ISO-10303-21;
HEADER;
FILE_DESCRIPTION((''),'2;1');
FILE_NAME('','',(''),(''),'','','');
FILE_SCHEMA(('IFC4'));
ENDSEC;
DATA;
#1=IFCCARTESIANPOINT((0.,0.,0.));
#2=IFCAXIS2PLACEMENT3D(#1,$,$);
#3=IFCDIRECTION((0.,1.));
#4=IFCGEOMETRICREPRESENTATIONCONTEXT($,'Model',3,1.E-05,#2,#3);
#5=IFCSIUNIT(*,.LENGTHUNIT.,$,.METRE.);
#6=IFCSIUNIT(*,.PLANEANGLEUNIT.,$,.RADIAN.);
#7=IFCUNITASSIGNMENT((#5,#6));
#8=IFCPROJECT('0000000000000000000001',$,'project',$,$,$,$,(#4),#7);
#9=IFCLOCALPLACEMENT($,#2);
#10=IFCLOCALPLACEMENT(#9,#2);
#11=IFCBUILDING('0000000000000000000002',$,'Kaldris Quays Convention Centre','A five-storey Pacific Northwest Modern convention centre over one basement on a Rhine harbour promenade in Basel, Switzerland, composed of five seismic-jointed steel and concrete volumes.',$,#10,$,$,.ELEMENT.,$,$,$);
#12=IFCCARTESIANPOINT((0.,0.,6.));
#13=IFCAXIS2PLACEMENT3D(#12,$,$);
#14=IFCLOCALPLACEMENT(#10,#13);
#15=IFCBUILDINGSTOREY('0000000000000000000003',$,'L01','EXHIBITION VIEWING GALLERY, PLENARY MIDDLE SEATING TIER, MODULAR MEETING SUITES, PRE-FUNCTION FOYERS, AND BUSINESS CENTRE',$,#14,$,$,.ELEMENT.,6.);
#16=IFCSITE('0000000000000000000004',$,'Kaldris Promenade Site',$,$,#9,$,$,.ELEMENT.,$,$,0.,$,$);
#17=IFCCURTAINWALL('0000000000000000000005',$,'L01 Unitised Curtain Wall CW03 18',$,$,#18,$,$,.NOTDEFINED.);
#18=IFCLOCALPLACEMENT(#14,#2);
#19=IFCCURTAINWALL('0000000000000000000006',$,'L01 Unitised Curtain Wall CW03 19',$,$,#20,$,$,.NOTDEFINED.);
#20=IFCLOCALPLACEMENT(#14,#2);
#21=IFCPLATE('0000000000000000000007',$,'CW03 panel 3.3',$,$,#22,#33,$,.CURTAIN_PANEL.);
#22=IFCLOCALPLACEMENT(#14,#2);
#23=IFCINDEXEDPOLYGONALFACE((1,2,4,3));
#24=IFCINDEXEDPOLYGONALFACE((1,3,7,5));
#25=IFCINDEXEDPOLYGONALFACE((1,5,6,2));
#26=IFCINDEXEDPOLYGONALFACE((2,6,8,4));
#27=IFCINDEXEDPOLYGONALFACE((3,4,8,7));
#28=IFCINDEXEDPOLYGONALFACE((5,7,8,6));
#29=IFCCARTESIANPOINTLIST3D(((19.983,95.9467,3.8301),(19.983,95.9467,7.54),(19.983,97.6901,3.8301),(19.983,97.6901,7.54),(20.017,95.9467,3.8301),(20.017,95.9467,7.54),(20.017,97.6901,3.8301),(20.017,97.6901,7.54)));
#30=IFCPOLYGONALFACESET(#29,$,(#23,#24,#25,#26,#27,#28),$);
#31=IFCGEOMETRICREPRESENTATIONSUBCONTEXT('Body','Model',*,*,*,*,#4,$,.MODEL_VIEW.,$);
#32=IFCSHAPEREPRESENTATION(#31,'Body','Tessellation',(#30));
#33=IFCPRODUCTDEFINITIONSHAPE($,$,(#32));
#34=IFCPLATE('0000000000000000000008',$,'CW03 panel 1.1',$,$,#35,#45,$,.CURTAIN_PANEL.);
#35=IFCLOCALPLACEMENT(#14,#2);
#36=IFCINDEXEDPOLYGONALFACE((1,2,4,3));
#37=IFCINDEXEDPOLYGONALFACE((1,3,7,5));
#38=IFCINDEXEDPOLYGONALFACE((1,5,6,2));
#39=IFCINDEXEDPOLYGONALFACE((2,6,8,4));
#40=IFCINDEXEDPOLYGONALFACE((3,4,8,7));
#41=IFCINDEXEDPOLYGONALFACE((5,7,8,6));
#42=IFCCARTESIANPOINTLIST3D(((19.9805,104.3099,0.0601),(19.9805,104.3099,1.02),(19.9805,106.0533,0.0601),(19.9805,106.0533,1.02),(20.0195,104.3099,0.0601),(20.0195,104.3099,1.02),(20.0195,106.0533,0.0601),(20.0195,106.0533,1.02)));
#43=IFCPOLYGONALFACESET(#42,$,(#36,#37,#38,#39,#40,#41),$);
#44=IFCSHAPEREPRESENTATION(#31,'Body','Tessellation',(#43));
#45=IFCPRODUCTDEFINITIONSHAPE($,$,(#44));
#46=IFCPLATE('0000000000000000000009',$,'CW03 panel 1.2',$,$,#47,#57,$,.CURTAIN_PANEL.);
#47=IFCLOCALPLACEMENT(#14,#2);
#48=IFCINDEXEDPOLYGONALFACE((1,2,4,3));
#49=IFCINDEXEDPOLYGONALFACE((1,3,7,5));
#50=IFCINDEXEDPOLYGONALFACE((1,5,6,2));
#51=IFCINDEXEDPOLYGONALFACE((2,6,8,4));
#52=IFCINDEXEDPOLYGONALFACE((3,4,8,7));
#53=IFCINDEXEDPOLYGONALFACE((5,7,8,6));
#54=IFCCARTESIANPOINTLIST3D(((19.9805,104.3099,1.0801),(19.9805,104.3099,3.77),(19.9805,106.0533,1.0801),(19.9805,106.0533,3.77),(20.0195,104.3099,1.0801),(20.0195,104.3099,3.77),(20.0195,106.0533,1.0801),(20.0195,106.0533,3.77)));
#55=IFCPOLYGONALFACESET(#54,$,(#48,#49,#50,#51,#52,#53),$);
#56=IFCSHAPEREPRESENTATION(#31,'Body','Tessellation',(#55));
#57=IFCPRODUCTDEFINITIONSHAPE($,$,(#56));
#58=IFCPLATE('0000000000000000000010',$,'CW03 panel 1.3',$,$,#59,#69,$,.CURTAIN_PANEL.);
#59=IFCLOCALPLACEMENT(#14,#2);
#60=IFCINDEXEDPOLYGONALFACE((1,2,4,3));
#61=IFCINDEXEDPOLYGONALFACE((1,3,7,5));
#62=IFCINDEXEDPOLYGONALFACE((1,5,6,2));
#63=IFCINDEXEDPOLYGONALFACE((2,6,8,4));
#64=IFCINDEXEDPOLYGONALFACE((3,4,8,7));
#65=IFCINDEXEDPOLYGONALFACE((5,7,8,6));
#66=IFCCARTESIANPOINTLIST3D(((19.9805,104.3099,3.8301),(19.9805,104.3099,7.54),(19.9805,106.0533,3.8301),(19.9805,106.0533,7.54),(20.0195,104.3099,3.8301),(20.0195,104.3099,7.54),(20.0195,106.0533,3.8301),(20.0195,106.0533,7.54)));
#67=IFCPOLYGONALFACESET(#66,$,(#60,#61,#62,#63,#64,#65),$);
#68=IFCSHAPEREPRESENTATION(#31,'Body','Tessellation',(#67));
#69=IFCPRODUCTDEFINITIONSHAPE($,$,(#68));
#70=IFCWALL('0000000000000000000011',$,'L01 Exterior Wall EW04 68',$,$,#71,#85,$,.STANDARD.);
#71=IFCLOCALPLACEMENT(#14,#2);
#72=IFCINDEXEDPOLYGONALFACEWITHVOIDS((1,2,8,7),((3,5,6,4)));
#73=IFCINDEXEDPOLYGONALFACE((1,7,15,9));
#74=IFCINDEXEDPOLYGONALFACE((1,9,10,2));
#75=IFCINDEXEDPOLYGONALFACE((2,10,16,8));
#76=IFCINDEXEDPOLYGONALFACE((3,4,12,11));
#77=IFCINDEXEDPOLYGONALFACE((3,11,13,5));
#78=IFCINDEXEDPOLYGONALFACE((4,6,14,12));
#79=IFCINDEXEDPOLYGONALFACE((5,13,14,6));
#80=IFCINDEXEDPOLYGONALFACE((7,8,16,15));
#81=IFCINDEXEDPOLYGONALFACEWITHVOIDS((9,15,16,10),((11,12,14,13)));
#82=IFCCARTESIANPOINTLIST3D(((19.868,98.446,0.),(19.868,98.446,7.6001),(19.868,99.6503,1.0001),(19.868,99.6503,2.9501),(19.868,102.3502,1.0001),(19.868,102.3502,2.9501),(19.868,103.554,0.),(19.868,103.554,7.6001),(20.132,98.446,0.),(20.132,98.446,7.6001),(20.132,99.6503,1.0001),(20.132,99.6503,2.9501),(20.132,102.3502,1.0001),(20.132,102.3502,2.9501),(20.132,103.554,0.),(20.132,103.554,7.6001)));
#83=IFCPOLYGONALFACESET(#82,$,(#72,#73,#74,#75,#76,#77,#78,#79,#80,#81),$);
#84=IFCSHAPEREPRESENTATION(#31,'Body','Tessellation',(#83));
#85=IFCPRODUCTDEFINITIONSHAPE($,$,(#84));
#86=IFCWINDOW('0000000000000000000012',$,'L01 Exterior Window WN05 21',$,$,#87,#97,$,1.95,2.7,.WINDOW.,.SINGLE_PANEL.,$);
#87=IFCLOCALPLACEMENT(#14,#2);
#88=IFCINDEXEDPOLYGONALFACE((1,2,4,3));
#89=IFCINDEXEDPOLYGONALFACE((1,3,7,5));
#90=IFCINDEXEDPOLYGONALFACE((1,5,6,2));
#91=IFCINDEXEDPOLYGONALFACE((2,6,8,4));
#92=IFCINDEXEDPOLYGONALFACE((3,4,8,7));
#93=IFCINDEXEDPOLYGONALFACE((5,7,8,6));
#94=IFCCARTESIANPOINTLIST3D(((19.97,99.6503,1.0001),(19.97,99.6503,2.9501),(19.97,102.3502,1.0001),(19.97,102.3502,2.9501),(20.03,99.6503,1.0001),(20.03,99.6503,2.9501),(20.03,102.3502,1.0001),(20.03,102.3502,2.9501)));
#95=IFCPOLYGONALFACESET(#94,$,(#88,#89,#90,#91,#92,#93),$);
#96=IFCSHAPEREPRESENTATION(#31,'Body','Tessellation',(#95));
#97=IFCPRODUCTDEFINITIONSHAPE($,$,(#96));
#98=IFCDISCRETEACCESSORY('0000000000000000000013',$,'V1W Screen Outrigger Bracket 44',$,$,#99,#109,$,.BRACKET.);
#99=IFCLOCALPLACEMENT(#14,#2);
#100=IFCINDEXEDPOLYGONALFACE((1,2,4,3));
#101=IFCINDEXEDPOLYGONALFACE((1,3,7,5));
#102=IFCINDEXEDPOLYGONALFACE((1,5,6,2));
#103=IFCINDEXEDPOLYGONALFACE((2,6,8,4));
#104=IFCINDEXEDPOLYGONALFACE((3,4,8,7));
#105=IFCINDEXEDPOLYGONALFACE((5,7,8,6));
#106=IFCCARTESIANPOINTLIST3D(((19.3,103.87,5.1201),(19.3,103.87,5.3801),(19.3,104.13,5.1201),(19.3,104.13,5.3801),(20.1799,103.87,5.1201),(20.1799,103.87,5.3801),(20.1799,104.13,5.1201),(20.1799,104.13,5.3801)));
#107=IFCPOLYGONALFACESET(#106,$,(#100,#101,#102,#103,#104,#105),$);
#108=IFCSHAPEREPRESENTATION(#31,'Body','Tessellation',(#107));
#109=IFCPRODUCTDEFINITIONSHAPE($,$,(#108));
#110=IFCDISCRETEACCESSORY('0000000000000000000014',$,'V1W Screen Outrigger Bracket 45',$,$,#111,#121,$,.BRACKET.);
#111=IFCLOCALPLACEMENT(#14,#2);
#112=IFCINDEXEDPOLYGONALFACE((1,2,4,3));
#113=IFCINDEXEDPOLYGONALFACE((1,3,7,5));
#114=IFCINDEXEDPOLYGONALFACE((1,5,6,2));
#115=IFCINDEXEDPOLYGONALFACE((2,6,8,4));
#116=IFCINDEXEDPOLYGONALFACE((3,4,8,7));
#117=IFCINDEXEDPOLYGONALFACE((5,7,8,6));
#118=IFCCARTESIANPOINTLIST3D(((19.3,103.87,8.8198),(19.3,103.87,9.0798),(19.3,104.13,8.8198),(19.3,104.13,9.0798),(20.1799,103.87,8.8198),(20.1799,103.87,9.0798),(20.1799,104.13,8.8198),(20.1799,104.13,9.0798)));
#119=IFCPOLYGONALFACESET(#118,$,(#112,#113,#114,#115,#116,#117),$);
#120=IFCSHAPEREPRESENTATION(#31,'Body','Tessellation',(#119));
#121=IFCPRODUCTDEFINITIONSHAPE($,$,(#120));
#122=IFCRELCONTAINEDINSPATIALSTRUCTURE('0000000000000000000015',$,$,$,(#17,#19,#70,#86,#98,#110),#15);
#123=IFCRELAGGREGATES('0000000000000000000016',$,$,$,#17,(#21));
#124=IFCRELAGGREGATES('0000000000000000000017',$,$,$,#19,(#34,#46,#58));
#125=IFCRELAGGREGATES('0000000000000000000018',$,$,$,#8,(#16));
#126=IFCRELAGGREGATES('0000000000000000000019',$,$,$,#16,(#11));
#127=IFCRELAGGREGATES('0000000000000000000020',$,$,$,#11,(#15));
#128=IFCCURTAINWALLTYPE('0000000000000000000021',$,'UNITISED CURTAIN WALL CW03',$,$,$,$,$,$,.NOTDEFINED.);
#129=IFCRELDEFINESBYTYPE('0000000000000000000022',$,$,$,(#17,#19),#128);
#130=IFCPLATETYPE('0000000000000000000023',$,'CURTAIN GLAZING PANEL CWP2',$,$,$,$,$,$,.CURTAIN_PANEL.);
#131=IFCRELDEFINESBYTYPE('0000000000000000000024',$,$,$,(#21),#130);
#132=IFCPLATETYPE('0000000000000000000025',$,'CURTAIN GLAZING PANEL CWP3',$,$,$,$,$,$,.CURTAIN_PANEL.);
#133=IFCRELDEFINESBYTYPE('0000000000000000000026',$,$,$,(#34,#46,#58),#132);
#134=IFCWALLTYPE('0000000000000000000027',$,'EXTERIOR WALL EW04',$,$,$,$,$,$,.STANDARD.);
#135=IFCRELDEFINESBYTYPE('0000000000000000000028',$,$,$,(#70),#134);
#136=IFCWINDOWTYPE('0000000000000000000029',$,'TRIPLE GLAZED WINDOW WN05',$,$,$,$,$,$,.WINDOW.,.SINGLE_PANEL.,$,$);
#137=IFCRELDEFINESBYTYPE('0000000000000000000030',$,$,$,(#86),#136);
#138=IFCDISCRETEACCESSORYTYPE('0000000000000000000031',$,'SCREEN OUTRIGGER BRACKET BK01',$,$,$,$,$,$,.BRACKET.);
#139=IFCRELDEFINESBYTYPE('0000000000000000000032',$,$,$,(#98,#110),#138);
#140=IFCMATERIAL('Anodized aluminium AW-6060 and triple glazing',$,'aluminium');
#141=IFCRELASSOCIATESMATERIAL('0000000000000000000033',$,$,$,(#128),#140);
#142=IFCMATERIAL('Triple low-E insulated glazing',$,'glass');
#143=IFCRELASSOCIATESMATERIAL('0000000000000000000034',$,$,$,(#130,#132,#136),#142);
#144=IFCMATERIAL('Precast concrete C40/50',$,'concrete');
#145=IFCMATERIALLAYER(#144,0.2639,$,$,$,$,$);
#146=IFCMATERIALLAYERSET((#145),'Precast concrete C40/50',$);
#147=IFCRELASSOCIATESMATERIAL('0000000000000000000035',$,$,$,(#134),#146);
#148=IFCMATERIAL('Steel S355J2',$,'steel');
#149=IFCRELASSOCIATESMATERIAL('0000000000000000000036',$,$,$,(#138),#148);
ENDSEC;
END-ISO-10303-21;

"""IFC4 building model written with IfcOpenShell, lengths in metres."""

from ifc_helpers import new_model, si_unit, direction, frame, frame_2d, origin, origin_2d, place, context, subcontext, project, spatial, rectangle, extrude, material, layer, layer_set, type_object, element, fill, aggregate, save


model = new_model("IFC4")

# Units and contexts
model_context = context("Model", 3, precision=1e-05, world=origin(), true_north=direction((0.0, 1.0)))
body_context = subcontext(model_context, "Body", "Model", "MODEL_VIEW")
ifc_project = project(units=[si_unit("LENGTHUNIT", "METRE"), si_unit("PLANEANGLEUNIT", "RADIAN")], contexts=[model_context])

# Site, building, storey
site_placement = place(None, origin())
site = spatial("IfcSite", under=ifc_project, at=site_placement, Name="Kaldris Promenade Site", CompositionType="ELEMENT", RefElevation=0.0)
building_placement = place(site_placement, origin())
building = spatial("IfcBuilding", under=site, at=building_placement, Name="Kaldris Quays Convention Centre", Description="A five-storey Pacific Northwest Modern convention centre over one basement on a Rhine harbour promenade in Basel, Switzerland, composed of five seismic-jointed steel and concrete volumes.", CompositionType="ELEMENT")
storey_placement = place(building_placement, frame((0.0, 0.0, 6.0)))
storey = spatial("IfcBuildingStorey", under=building, at=storey_placement, Name="L01", Description="EXHIBITION VIEWING GALLERY, PLENARY MIDDLE SEATING TIER, MODULAR MEETING SUITES, PRE-FUNCTION FOYERS, AND BUSINESS CENTRE", CompositionType="ELEMENT", Elevation=6.0)

# Shared definitions
ifc_material_1 = material(Name="Steel S355J2", Category="steel")

# Curtain walls
ifc_material_2 = material(Name="Anodized aluminium AW-6060 and triple glazing", Category="aluminium")
curtain_wall_type = type_object("IfcCurtainWallType", Name="UNITISED CURTAIN WALL CW03", PredefinedType="NOTDEFINED", material=ifc_material_2)
curtain_wall_1_placement = place(storey_placement, origin())
curtain_wall_1 = element("IfcCurtainWall", 1, at=curtain_wall_1_placement, inside=storey, type_object=curtain_wall_type, Name="L01 Unitised Curtain Wall CW03 18", PredefinedType="NOTDEFINED")
curtain_wall_2_placement = place(storey_placement, origin())
curtain_wall_2 = element("IfcCurtainWall", 2, at=curtain_wall_2_placement, inside=storey, type_object=curtain_wall_type, Name="L01 Unitised Curtain Wall CW03 19", PredefinedType="NOTDEFINED")

# Plates
ifc_material_3 = material(Name="Triple low-E insulated glazing", Category="glass")
plate_type_1 = type_object("IfcPlateType", Name="CURTAIN GLAZING PANEL CWP2", PredefinedType="CURTAIN_PANEL", material=ifc_material_3)
plate_1_placement = place(storey_placement, frame((20.0, 96.8184, 3.8301), z_axis=(0.0, 0.0, 1.0), x_axis=(0.0, 1.0, 0.0)))
plate_1 = element("IfcPlate", 3, at=plate_1_placement, type_object=plate_type_1, Name="CW03 panel 3.3", PredefinedType="CURTAIN_PANEL", context=body_context, shape_type="SweptSolid", body=[
    extrude(rectangle(XDim=1.7434, YDim=0.0339, at=origin_2d()), origin(), (0.0, 0.0, 1.0), 3.71),
])
aggregate(curtain_wall_1, [plate_1])
plate_type_2 = type_object("IfcPlateType", Name="CURTAIN GLAZING PANEL CWP3", PredefinedType="CURTAIN_PANEL", material=ifc_material_3)
plate_2_placement = place(storey_placement, frame((20.0, 105.1816, 0.0601), z_axis=(0.0, 0.0, 1.0), x_axis=(0.0, 1.0, 0.0)))
plate_2 = element("IfcPlate", 4, at=plate_2_placement, type_object=plate_type_2, Name="CW03 panel 1.1", PredefinedType="CURTAIN_PANEL", context=body_context, shape_type="SweptSolid", body=[
    extrude(rectangle(XDim=1.7434, YDim=0.0391, at=origin_2d()), origin(), (0.0, 0.0, 1.0), 0.96),
])
plate_3_placement = place(storey_placement, frame((20.0, 105.1816, 1.0801), z_axis=(0.0, 0.0, 1.0), x_axis=(0.0, 1.0, 0.0)))
plate_3 = element("IfcPlate", 5, at=plate_3_placement, type_object=plate_type_2, Name="CW03 panel 1.2", PredefinedType="CURTAIN_PANEL", context=body_context, shape_type="SweptSolid", body=[
    extrude(rectangle(XDim=1.7434, YDim=0.0391, at=origin_2d()), origin(), (0.0, 0.0, 1.0), 2.6899),
])
plate_4_placement = place(storey_placement, frame((20.0, 105.1816, 3.8301), z_axis=(0.0, 0.0, 1.0), x_axis=(0.0, 1.0, 0.0)))
plate_4 = element("IfcPlate", 6, at=plate_4_placement, type_object=plate_type_2, Name="CW03 panel 1.3", PredefinedType="CURTAIN_PANEL", context=body_context, shape_type="SweptSolid", body=[
    extrude(rectangle(XDim=1.7434, YDim=0.0391, at=origin_2d()), origin(), (0.0, 0.0, 1.0), 3.71),
])
aggregate(curtain_wall_2, [plate_2, plate_3, plate_4])

# Wall, opening, window
ifc_material_4 = material(Name="Precast concrete C40/50", Category="concrete")
ifc_layer = layer(ifc_material_4, 0.2639)
ifc_layer_set = layer_set([ifc_layer], Name="Precast concrete C40/50")
wall_type = type_object("IfcWallType", Name="EXTERIOR WALL EW04", PredefinedType="STANDARD", material=ifc_layer_set)
wall_placement = place(storey_placement, frame((20.0, 98.446, 0.0), z_axis=(0.0, 0.0, 1.0), x_axis=(0.0, 1.0, 0.0)))
wall = element("IfcWall", 7, at=wall_placement, inside=storey, type_object=wall_type, Name="L01 Exterior Wall EW04 68", PredefinedType="STANDARD", context=body_context, shape_type="SweptSolid", body=[
    extrude(rectangle(XDim=5.1079, YDim=0.2639, at=frame_2d((2.554, 0.0))), origin(), (0.0, 0.0, 1.0), 7.6001),
])
opening_placement = place(wall_placement, frame((1.2041, 0.0, 1.0)))
opening = element("IfcOpeningElement", 8, at=opening_placement, cuts=wall, PredefinedType="OPENING", context=body_context, shape_type="SweptSolid", body=[
    extrude(rectangle(XDim=2.7, YDim=1.95, at=frame_2d((1.3501, 0.9751))), frame((0.0, 0.1421, 0.0), z_axis=(0.0, -1.0, 0.0), x_axis=(1.0, 0.0, 0.0)), (0.0, 0.0, 1.0), 0.2839),
])
window_type = type_object("IfcWindowType", Name="TRIPLE GLAZED WINDOW WN05", PartitioningType="SINGLE_PANEL", PredefinedType="WINDOW", material=ifc_material_3)
window_placement = place(opening_placement, origin())
window = element("IfcWindow", 9, at=window_placement, inside=storey, type_object=window_type, Name="L01 Exterior Window WN05 21", OverallHeight=1.95, OverallWidth=2.7, PartitioningType="SINGLE_PANEL", PredefinedType="WINDOW", context=body_context, shape_type="SweptSolid", body=[
    extrude(rectangle(XDim=2.7, YDim=1.95, at=frame_2d((1.3501, 0.9751))), frame((0.0, 0.03, 0.0), z_axis=(0.0, -1.0, 0.0), x_axis=(1.0, 0.0, 0.0)), (0.0, 0.0, 1.0), 0.0601),
])
fill(opening, window)

# Discrete accessories
discrete_accessory_type = type_object("IfcDiscreteAccessoryType", Name="SCREEN OUTRIGGER BRACKET BK01", PredefinedType="BRACKET", material=ifc_material_1)
for number, where, z_axis, x_axis, name in (
    (10, (19.74, 104.0, 5.1201), (0.0, 0.0, 1.0), (0.0, 1.0, 0.0), "V1W Screen Outrigger Bracket 44"),
    (11, (19.74, 104.0, 8.8198), (0.0, 0.0, 1.0), (0.0, 1.0, 0.0), "V1W Screen Outrigger Bracket 45"),
):
    element("IfcDiscreteAccessory", number, at=place(storey_placement, frame(where, z_axis=z_axis, x_axis=x_axis)), inside=storey, type_object=discrete_accessory_type, Name=name, PredefinedType="BRACKET", context=body_context, shape_type="SweptSolid", body=[
        extrude(rectangle(XDim=0.26, YDim=0.8799, at=origin_2d()), origin(), (0.0, 0.0, 1.0), 0.26),
    ])

save(model, "model.ifc")
